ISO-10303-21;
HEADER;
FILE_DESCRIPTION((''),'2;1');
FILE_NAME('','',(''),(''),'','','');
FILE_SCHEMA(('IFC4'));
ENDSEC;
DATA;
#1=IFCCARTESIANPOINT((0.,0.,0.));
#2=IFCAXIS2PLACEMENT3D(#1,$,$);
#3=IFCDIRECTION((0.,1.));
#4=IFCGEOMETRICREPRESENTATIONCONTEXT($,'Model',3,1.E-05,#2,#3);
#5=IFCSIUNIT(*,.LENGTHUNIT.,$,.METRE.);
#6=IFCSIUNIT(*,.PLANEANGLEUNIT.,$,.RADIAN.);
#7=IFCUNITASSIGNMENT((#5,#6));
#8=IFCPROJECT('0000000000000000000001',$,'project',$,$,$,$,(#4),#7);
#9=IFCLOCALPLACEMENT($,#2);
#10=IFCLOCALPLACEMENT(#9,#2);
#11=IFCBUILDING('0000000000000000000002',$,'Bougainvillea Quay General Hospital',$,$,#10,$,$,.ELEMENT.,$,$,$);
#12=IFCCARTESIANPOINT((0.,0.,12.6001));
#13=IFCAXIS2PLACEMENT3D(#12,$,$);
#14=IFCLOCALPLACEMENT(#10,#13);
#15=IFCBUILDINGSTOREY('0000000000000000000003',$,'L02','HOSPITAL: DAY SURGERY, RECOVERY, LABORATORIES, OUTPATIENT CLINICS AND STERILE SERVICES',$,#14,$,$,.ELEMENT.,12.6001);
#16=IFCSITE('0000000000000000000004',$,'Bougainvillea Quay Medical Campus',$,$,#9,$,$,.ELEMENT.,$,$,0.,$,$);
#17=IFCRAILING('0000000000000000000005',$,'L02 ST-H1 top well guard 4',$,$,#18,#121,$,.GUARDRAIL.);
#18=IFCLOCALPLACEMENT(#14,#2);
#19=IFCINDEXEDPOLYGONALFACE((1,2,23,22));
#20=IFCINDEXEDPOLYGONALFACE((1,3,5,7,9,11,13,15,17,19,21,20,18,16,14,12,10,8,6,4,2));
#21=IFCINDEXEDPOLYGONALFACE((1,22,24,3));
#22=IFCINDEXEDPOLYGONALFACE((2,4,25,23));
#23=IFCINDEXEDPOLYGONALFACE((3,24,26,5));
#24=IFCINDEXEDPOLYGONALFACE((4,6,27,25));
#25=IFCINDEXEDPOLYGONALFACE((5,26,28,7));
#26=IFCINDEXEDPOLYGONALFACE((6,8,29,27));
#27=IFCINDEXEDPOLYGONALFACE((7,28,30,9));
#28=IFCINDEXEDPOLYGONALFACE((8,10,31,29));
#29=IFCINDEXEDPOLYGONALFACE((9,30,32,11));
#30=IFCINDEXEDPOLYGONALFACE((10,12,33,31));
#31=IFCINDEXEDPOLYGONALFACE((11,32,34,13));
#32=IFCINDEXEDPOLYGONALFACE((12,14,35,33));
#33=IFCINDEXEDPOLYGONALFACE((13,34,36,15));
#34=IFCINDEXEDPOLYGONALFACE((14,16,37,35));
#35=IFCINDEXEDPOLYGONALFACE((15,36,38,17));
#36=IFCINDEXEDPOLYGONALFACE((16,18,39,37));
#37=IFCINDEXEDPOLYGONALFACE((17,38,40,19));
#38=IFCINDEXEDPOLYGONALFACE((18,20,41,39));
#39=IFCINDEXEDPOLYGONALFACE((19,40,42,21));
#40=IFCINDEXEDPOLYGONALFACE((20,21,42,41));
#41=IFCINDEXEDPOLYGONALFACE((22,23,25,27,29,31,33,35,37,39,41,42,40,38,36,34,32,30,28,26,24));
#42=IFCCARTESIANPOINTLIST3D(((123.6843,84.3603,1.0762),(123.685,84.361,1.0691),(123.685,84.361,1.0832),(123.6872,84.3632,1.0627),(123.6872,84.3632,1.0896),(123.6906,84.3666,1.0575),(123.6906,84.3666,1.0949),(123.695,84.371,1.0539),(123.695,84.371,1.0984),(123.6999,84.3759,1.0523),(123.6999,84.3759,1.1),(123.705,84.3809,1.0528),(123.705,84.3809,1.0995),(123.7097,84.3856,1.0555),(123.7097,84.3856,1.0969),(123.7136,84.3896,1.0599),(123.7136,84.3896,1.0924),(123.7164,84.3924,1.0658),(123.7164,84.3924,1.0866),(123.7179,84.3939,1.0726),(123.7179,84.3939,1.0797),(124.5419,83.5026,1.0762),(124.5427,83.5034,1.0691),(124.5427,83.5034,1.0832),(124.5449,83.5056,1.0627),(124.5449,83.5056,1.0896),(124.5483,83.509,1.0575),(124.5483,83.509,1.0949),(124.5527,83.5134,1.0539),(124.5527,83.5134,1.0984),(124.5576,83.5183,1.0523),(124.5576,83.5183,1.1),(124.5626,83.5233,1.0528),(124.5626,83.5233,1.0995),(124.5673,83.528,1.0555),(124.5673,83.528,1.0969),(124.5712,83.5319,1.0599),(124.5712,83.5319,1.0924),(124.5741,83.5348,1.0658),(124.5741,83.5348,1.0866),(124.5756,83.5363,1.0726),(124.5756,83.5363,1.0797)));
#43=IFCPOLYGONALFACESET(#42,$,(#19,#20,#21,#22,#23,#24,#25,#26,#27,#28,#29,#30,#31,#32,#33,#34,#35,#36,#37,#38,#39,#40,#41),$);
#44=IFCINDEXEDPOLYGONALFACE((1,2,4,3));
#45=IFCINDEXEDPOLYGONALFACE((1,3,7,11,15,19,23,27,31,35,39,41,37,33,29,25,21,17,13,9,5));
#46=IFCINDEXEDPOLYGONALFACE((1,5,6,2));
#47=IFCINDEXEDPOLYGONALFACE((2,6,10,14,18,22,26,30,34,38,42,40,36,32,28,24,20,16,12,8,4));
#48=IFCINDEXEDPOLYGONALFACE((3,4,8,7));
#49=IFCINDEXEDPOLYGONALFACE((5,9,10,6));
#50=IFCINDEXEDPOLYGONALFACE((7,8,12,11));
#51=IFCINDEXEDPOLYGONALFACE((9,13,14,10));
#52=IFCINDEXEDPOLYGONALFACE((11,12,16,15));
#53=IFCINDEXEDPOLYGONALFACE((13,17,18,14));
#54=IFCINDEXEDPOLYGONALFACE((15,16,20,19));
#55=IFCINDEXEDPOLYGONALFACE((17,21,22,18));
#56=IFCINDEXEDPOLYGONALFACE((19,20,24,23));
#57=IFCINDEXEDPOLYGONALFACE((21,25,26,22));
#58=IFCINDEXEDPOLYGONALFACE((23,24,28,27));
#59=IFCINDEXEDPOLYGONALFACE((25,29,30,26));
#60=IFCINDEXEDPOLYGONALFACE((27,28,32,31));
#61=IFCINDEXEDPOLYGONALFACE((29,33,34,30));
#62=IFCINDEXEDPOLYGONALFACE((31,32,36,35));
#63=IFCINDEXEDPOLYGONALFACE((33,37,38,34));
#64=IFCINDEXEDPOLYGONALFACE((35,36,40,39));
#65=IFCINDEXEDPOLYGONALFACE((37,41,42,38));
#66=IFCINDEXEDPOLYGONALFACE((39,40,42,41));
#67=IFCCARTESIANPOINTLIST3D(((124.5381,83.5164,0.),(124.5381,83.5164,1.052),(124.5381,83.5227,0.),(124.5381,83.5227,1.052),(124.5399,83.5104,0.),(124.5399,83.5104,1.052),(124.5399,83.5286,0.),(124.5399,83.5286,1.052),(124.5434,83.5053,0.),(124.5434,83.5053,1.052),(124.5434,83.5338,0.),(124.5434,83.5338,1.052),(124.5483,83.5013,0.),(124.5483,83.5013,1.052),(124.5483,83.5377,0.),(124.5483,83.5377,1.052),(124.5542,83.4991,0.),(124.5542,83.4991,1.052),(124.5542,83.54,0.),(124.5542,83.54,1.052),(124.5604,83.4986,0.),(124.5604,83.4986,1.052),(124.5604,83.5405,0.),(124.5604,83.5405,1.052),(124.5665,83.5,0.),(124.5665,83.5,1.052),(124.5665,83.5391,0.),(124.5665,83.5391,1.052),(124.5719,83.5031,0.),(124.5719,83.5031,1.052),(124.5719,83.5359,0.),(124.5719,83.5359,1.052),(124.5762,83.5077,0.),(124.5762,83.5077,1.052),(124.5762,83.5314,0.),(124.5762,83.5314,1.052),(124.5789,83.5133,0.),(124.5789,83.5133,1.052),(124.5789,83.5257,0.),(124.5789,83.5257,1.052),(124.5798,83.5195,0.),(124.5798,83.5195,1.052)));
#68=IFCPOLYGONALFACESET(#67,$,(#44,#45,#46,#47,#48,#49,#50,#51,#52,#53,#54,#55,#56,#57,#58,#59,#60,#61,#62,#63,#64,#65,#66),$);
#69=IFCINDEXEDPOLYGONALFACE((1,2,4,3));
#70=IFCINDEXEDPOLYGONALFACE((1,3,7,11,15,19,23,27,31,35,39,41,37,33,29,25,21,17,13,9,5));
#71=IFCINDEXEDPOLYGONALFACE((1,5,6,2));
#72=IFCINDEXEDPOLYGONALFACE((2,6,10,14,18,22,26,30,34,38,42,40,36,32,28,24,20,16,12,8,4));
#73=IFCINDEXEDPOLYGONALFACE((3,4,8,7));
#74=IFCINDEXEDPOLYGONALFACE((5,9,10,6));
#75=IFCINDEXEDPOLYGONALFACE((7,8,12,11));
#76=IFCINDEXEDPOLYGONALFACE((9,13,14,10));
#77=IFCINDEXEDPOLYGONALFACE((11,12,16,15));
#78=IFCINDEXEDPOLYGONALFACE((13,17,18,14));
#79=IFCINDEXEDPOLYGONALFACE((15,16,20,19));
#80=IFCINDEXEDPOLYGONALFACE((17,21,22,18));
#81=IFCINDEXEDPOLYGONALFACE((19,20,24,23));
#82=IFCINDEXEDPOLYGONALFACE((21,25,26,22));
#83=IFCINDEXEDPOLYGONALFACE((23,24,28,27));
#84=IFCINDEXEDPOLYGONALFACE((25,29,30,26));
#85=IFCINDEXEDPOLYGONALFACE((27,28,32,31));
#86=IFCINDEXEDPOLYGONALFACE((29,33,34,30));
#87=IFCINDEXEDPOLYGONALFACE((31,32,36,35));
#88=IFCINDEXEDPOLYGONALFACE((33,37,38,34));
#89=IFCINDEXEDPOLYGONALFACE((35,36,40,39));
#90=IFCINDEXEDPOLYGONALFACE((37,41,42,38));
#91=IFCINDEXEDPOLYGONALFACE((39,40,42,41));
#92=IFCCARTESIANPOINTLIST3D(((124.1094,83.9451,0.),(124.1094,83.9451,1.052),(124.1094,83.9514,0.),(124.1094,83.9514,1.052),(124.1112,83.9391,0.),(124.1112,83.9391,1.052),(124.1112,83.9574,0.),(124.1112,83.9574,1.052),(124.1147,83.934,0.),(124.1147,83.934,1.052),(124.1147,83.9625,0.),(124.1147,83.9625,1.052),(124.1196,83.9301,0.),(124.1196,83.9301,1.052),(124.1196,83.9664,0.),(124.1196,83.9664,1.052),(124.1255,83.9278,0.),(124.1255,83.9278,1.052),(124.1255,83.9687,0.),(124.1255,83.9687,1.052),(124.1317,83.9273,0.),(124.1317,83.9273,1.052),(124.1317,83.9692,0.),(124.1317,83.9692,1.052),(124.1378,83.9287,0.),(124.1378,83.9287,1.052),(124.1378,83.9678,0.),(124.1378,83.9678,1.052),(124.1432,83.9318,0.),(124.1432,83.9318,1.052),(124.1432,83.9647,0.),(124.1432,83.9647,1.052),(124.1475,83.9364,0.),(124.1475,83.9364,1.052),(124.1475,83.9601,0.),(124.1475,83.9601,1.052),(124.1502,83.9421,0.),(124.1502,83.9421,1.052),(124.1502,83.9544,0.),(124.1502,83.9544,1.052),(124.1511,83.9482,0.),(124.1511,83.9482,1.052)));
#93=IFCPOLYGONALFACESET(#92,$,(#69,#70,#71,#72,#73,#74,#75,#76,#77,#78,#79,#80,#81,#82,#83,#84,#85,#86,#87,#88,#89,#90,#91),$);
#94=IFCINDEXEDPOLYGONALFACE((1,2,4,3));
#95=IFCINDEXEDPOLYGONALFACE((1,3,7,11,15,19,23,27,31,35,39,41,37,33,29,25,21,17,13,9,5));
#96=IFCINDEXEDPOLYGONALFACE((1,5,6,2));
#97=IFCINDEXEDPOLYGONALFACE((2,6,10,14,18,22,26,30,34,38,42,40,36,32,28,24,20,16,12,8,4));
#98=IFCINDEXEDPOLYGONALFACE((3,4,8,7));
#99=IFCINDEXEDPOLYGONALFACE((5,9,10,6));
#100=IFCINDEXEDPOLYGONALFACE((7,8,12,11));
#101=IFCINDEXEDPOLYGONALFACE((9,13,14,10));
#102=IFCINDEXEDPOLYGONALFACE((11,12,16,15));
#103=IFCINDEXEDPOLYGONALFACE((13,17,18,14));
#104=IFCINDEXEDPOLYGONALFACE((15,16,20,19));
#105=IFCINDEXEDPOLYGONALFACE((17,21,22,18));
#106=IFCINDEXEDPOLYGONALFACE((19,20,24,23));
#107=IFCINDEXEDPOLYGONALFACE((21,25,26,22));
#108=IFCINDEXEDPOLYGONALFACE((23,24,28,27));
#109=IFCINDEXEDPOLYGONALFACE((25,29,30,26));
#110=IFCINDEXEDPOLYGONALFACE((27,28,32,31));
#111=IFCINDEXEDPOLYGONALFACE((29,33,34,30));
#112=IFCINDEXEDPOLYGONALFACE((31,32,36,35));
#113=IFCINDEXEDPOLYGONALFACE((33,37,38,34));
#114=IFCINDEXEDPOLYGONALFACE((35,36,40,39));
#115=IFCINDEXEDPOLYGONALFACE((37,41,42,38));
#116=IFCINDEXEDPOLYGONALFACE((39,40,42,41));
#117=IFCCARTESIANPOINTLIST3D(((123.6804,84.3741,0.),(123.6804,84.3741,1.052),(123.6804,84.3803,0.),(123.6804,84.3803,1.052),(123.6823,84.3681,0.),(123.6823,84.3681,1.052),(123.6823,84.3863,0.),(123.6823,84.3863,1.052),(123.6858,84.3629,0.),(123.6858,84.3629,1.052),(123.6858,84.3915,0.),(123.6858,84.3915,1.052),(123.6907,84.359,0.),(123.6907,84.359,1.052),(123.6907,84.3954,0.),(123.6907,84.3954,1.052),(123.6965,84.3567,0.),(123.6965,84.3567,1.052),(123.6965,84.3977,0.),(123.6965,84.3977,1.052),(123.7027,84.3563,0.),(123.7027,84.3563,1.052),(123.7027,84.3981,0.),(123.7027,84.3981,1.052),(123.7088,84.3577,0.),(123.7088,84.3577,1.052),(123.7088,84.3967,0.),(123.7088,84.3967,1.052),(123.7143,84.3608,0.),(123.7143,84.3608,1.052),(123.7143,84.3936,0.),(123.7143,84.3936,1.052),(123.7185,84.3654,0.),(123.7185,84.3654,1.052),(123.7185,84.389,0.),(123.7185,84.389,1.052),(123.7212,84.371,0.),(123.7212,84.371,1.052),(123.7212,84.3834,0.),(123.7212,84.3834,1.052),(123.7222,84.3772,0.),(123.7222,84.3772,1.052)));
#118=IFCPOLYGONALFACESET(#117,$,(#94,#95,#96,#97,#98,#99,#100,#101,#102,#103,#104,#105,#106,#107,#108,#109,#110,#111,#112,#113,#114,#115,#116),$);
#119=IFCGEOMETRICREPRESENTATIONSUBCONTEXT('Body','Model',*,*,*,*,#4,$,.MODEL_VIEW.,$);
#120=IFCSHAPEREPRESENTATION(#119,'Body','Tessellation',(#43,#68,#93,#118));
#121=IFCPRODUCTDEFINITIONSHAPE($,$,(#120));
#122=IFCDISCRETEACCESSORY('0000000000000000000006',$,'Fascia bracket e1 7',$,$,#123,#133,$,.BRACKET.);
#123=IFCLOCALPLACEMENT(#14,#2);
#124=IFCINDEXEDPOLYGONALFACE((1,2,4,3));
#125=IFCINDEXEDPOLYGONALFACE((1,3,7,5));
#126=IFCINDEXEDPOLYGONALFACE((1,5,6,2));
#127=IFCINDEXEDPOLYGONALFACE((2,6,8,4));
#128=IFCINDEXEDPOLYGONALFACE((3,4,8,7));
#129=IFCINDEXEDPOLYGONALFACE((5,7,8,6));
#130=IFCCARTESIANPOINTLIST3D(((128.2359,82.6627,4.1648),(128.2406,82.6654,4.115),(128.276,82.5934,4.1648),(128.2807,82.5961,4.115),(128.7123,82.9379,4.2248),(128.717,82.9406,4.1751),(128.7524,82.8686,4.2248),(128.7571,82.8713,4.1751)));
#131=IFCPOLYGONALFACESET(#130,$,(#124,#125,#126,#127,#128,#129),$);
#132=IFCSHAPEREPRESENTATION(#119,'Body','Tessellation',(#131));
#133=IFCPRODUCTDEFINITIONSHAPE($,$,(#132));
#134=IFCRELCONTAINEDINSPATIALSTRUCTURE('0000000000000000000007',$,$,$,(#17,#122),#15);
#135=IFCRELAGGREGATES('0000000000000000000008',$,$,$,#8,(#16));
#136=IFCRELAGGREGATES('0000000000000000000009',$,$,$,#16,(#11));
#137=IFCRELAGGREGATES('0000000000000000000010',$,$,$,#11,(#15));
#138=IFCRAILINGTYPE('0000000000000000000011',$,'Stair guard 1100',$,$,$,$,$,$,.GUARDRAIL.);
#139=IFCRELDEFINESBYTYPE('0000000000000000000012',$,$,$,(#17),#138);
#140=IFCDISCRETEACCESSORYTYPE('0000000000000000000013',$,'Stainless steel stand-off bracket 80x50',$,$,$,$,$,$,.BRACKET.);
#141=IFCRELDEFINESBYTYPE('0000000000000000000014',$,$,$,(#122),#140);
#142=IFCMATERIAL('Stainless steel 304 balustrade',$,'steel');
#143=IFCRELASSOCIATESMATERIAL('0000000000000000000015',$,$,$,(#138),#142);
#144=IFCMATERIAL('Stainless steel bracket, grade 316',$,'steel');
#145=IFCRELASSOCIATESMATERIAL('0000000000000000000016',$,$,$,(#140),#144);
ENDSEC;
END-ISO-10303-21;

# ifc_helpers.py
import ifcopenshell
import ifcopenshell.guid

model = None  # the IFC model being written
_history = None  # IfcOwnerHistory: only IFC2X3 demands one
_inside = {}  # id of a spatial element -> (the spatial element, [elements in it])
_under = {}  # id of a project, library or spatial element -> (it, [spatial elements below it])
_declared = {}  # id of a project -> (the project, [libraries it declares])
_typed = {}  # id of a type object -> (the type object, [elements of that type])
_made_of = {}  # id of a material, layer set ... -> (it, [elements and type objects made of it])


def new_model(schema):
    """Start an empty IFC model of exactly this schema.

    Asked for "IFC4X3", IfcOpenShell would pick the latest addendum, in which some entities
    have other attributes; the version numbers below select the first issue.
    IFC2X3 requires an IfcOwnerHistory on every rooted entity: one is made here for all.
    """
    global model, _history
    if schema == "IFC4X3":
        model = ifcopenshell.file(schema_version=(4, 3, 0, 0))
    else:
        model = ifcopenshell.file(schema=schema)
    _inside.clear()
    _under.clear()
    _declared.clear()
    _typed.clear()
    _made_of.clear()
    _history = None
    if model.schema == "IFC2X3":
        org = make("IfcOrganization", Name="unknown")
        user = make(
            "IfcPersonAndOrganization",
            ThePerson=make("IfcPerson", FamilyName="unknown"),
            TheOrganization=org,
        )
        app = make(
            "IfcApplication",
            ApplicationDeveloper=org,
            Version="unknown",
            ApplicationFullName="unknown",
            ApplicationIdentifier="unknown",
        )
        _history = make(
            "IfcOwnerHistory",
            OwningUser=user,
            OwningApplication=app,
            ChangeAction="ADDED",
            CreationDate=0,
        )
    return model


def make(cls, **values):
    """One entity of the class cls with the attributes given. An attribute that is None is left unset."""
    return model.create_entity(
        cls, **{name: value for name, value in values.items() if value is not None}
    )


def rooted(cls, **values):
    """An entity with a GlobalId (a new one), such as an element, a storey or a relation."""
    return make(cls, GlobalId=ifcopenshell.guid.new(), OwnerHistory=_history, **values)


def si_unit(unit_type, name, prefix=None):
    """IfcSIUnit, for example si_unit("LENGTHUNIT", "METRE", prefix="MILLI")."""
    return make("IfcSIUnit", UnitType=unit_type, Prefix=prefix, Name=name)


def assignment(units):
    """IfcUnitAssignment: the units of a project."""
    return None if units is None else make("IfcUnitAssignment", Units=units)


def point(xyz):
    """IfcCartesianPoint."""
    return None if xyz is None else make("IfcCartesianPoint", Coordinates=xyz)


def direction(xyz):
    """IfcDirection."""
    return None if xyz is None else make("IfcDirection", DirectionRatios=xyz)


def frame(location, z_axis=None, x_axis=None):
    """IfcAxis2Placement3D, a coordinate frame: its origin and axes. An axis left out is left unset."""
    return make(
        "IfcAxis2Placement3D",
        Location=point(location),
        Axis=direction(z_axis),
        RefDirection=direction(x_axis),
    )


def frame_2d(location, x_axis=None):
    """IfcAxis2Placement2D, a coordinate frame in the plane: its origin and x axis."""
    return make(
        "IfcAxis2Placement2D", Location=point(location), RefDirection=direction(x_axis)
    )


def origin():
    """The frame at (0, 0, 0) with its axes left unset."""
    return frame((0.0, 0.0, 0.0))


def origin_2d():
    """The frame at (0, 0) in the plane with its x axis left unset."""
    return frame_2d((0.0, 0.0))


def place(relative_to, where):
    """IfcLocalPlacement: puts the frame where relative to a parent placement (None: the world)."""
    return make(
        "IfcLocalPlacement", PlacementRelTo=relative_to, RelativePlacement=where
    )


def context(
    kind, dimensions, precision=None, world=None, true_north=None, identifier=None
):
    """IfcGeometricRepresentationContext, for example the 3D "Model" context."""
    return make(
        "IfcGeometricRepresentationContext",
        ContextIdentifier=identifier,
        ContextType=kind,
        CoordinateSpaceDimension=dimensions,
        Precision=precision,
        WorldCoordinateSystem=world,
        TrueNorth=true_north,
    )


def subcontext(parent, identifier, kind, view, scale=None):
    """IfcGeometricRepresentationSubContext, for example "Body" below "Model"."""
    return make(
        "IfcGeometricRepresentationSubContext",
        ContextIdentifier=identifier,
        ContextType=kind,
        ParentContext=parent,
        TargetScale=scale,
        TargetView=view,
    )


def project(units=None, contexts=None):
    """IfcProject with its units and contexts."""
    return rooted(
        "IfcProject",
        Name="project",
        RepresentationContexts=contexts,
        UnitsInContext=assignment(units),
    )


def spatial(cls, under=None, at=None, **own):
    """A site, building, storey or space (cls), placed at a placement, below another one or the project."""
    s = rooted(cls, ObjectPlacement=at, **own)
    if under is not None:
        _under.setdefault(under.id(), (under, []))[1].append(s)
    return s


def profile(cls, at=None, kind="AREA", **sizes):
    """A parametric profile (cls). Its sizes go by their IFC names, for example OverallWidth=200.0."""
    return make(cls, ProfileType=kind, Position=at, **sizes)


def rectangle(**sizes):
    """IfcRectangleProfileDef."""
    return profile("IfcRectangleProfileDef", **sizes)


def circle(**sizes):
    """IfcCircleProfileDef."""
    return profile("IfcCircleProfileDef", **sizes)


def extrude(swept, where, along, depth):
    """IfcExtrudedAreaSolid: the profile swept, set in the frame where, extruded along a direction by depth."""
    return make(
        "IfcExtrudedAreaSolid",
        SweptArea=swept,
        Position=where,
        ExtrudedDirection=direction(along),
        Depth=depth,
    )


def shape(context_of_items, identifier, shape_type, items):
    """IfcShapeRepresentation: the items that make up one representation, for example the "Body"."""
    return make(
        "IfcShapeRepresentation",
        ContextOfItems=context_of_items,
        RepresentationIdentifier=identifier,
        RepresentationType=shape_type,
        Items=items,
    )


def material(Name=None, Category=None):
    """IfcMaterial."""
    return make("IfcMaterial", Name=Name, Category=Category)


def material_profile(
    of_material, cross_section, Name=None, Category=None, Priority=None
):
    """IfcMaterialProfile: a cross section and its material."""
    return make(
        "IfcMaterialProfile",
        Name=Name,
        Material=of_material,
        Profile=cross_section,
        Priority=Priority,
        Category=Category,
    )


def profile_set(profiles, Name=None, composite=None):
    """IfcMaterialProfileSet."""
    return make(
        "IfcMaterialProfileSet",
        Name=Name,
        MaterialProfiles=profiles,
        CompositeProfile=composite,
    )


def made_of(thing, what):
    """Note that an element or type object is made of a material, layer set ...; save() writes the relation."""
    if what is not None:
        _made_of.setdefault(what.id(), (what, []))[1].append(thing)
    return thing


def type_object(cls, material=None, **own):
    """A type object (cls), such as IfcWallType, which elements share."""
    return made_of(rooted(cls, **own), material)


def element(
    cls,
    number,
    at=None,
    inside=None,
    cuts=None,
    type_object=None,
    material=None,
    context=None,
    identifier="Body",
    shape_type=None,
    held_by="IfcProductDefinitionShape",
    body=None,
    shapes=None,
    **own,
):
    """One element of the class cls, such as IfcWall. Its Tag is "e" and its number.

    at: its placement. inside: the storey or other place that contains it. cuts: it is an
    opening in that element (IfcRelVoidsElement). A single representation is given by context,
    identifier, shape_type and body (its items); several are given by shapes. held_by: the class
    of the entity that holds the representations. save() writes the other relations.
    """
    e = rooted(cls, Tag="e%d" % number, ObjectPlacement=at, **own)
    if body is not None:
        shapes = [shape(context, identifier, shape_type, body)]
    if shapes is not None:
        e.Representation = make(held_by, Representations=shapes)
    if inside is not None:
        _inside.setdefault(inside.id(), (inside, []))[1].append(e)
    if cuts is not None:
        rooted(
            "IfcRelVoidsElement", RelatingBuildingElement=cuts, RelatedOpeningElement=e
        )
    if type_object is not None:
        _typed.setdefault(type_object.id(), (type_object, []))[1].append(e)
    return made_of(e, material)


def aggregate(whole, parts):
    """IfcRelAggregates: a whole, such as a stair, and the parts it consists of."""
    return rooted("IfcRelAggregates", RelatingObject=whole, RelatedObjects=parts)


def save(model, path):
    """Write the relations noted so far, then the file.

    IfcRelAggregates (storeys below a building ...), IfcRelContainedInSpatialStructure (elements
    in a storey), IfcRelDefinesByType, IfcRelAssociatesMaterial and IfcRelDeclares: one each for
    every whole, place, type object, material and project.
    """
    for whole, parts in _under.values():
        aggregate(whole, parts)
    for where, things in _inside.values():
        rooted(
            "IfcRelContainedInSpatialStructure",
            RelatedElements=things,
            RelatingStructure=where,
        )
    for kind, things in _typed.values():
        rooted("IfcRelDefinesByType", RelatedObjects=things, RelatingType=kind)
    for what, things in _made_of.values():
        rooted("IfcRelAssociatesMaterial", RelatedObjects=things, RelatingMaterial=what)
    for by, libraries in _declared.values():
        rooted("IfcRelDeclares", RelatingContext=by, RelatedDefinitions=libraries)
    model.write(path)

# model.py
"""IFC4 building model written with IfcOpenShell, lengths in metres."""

from ifc_helpers import new_model, si_unit, direction, frame, origin, origin_2d, place, context, subcontext, project, spatial, rectangle, circle, extrude, material, material_profile, profile_set, type_object, element, save


model = new_model("IFC4")

# Units and contexts
model_context = context("Model", 3, precision=1e-05, world=origin(), true_north=direction((0.0, 1.0)))
body_context = subcontext(model_context, "Body", "Model", "MODEL_VIEW")
ifc_project = project(units=[si_unit("LENGTHUNIT", "METRE"), si_unit("PLANEANGLEUNIT", "RADIAN")], contexts=[model_context])

# Site, building, storey
site_placement = place(None, origin())
site = spatial("IfcSite", under=ifc_project, at=site_placement, Name="Bougainvillea Quay Medical Campus", CompositionType="ELEMENT", RefElevation=0.0)
building_placement = place(site_placement, origin())
building = spatial("IfcBuilding", under=site, at=building_placement, Name="Bougainvillea Quay General Hospital", CompositionType="ELEMENT")
storey_placement = place(building_placement, frame((0.0, 0.0, 12.6001)))
storey = spatial("IfcBuildingStorey", under=building, at=storey_placement, Name="L02", Description="HOSPITAL: DAY SURGERY, RECOVERY, LABORATORIES, OUTPATIENT CLINICS AND STERILE SERVICES", CompositionType="ELEMENT", Elevation=12.6001)

# Railing
ifc_material_1 = material(Name="Stainless steel 304 balustrade", Category="steel")
railing_type_1 = type_object("IfcRailingType", Name="Stair guard 1100", PredefinedType="GUARDRAIL", material=ifc_material_1)
railing_1_placement = place(storey_placement, frame((124.5588, 83.5195, 0.0)))
element("IfcRailing", 1, at=railing_1_placement, inside=storey, type_object=railing_type_1, Name="L02 ST-H1 top well guard 4", PredefinedType="GUARDRAIL", context=body_context, shape_type="SweptSolid", body=[
    extrude(circle(Radius=0.0239, at=origin_2d()), frame((0.0, 0.0, 1.0762), z_axis=(-0.707107, 0.707107, 0.0), x_axis=(-0.707107, -0.707107, 0.0)), (0.0, 0.0, 1.0), 1.2129),
    extrude(circle(Radius=0.021, at=origin_2d()), origin(), (0.0, 0.0, 1.0), 1.052),
    extrude(circle(Radius=0.021, at=origin_2d()), frame((-0.4287, 0.4287, 0.0)), (0.0, 0.0, 1.0), 1.052),
    extrude(circle(Radius=0.021, at=origin_2d()), frame((-0.8577, 0.8577, 0.0)), (0.0, 0.0, 1.0), 1.052),
])

# Discrete accessory
ifc_material_2 = material(Name="Stainless steel bracket, grade 316", Category="steel")
ifc_material_profile_1 = material_profile(ifc_material_2, rectangle(XDim=0.0801, YDim=0.05, at=origin_2d()))
ifc_profile_set_1 = profile_set([ifc_material_profile_1], Name="Stainless steel bracket, grade 316")
discrete_accessory_type = type_object("IfcDiscreteAccessoryType", Name="Stainless steel stand-off bracket 80x50", PredefinedType="BRACKET", material=ifc_profile_set_1)
discrete_accessory_placement = place(storey_placement, frame((128.2583, 82.6294, 4.1399), z_axis=(0.860797, 0.497241, 0.108537), x_axis=(-0.500196, 0.865912, 0.0)))
element("IfcDiscreteAccessory", 2, at=discrete_accessory_placement, inside=storey, type_object=discrete_accessory_type, Name="Fascia bracket e1 7", PredefinedType="BRACKET", context=body_context, shape_type="SweptSolid", body=[
    extrude(rectangle(XDim=0.0801, YDim=0.05, at=origin_2d()), origin(), (0.0, 0.0, 1.0), 0.5535),
])

save(model, "model.ifc")
